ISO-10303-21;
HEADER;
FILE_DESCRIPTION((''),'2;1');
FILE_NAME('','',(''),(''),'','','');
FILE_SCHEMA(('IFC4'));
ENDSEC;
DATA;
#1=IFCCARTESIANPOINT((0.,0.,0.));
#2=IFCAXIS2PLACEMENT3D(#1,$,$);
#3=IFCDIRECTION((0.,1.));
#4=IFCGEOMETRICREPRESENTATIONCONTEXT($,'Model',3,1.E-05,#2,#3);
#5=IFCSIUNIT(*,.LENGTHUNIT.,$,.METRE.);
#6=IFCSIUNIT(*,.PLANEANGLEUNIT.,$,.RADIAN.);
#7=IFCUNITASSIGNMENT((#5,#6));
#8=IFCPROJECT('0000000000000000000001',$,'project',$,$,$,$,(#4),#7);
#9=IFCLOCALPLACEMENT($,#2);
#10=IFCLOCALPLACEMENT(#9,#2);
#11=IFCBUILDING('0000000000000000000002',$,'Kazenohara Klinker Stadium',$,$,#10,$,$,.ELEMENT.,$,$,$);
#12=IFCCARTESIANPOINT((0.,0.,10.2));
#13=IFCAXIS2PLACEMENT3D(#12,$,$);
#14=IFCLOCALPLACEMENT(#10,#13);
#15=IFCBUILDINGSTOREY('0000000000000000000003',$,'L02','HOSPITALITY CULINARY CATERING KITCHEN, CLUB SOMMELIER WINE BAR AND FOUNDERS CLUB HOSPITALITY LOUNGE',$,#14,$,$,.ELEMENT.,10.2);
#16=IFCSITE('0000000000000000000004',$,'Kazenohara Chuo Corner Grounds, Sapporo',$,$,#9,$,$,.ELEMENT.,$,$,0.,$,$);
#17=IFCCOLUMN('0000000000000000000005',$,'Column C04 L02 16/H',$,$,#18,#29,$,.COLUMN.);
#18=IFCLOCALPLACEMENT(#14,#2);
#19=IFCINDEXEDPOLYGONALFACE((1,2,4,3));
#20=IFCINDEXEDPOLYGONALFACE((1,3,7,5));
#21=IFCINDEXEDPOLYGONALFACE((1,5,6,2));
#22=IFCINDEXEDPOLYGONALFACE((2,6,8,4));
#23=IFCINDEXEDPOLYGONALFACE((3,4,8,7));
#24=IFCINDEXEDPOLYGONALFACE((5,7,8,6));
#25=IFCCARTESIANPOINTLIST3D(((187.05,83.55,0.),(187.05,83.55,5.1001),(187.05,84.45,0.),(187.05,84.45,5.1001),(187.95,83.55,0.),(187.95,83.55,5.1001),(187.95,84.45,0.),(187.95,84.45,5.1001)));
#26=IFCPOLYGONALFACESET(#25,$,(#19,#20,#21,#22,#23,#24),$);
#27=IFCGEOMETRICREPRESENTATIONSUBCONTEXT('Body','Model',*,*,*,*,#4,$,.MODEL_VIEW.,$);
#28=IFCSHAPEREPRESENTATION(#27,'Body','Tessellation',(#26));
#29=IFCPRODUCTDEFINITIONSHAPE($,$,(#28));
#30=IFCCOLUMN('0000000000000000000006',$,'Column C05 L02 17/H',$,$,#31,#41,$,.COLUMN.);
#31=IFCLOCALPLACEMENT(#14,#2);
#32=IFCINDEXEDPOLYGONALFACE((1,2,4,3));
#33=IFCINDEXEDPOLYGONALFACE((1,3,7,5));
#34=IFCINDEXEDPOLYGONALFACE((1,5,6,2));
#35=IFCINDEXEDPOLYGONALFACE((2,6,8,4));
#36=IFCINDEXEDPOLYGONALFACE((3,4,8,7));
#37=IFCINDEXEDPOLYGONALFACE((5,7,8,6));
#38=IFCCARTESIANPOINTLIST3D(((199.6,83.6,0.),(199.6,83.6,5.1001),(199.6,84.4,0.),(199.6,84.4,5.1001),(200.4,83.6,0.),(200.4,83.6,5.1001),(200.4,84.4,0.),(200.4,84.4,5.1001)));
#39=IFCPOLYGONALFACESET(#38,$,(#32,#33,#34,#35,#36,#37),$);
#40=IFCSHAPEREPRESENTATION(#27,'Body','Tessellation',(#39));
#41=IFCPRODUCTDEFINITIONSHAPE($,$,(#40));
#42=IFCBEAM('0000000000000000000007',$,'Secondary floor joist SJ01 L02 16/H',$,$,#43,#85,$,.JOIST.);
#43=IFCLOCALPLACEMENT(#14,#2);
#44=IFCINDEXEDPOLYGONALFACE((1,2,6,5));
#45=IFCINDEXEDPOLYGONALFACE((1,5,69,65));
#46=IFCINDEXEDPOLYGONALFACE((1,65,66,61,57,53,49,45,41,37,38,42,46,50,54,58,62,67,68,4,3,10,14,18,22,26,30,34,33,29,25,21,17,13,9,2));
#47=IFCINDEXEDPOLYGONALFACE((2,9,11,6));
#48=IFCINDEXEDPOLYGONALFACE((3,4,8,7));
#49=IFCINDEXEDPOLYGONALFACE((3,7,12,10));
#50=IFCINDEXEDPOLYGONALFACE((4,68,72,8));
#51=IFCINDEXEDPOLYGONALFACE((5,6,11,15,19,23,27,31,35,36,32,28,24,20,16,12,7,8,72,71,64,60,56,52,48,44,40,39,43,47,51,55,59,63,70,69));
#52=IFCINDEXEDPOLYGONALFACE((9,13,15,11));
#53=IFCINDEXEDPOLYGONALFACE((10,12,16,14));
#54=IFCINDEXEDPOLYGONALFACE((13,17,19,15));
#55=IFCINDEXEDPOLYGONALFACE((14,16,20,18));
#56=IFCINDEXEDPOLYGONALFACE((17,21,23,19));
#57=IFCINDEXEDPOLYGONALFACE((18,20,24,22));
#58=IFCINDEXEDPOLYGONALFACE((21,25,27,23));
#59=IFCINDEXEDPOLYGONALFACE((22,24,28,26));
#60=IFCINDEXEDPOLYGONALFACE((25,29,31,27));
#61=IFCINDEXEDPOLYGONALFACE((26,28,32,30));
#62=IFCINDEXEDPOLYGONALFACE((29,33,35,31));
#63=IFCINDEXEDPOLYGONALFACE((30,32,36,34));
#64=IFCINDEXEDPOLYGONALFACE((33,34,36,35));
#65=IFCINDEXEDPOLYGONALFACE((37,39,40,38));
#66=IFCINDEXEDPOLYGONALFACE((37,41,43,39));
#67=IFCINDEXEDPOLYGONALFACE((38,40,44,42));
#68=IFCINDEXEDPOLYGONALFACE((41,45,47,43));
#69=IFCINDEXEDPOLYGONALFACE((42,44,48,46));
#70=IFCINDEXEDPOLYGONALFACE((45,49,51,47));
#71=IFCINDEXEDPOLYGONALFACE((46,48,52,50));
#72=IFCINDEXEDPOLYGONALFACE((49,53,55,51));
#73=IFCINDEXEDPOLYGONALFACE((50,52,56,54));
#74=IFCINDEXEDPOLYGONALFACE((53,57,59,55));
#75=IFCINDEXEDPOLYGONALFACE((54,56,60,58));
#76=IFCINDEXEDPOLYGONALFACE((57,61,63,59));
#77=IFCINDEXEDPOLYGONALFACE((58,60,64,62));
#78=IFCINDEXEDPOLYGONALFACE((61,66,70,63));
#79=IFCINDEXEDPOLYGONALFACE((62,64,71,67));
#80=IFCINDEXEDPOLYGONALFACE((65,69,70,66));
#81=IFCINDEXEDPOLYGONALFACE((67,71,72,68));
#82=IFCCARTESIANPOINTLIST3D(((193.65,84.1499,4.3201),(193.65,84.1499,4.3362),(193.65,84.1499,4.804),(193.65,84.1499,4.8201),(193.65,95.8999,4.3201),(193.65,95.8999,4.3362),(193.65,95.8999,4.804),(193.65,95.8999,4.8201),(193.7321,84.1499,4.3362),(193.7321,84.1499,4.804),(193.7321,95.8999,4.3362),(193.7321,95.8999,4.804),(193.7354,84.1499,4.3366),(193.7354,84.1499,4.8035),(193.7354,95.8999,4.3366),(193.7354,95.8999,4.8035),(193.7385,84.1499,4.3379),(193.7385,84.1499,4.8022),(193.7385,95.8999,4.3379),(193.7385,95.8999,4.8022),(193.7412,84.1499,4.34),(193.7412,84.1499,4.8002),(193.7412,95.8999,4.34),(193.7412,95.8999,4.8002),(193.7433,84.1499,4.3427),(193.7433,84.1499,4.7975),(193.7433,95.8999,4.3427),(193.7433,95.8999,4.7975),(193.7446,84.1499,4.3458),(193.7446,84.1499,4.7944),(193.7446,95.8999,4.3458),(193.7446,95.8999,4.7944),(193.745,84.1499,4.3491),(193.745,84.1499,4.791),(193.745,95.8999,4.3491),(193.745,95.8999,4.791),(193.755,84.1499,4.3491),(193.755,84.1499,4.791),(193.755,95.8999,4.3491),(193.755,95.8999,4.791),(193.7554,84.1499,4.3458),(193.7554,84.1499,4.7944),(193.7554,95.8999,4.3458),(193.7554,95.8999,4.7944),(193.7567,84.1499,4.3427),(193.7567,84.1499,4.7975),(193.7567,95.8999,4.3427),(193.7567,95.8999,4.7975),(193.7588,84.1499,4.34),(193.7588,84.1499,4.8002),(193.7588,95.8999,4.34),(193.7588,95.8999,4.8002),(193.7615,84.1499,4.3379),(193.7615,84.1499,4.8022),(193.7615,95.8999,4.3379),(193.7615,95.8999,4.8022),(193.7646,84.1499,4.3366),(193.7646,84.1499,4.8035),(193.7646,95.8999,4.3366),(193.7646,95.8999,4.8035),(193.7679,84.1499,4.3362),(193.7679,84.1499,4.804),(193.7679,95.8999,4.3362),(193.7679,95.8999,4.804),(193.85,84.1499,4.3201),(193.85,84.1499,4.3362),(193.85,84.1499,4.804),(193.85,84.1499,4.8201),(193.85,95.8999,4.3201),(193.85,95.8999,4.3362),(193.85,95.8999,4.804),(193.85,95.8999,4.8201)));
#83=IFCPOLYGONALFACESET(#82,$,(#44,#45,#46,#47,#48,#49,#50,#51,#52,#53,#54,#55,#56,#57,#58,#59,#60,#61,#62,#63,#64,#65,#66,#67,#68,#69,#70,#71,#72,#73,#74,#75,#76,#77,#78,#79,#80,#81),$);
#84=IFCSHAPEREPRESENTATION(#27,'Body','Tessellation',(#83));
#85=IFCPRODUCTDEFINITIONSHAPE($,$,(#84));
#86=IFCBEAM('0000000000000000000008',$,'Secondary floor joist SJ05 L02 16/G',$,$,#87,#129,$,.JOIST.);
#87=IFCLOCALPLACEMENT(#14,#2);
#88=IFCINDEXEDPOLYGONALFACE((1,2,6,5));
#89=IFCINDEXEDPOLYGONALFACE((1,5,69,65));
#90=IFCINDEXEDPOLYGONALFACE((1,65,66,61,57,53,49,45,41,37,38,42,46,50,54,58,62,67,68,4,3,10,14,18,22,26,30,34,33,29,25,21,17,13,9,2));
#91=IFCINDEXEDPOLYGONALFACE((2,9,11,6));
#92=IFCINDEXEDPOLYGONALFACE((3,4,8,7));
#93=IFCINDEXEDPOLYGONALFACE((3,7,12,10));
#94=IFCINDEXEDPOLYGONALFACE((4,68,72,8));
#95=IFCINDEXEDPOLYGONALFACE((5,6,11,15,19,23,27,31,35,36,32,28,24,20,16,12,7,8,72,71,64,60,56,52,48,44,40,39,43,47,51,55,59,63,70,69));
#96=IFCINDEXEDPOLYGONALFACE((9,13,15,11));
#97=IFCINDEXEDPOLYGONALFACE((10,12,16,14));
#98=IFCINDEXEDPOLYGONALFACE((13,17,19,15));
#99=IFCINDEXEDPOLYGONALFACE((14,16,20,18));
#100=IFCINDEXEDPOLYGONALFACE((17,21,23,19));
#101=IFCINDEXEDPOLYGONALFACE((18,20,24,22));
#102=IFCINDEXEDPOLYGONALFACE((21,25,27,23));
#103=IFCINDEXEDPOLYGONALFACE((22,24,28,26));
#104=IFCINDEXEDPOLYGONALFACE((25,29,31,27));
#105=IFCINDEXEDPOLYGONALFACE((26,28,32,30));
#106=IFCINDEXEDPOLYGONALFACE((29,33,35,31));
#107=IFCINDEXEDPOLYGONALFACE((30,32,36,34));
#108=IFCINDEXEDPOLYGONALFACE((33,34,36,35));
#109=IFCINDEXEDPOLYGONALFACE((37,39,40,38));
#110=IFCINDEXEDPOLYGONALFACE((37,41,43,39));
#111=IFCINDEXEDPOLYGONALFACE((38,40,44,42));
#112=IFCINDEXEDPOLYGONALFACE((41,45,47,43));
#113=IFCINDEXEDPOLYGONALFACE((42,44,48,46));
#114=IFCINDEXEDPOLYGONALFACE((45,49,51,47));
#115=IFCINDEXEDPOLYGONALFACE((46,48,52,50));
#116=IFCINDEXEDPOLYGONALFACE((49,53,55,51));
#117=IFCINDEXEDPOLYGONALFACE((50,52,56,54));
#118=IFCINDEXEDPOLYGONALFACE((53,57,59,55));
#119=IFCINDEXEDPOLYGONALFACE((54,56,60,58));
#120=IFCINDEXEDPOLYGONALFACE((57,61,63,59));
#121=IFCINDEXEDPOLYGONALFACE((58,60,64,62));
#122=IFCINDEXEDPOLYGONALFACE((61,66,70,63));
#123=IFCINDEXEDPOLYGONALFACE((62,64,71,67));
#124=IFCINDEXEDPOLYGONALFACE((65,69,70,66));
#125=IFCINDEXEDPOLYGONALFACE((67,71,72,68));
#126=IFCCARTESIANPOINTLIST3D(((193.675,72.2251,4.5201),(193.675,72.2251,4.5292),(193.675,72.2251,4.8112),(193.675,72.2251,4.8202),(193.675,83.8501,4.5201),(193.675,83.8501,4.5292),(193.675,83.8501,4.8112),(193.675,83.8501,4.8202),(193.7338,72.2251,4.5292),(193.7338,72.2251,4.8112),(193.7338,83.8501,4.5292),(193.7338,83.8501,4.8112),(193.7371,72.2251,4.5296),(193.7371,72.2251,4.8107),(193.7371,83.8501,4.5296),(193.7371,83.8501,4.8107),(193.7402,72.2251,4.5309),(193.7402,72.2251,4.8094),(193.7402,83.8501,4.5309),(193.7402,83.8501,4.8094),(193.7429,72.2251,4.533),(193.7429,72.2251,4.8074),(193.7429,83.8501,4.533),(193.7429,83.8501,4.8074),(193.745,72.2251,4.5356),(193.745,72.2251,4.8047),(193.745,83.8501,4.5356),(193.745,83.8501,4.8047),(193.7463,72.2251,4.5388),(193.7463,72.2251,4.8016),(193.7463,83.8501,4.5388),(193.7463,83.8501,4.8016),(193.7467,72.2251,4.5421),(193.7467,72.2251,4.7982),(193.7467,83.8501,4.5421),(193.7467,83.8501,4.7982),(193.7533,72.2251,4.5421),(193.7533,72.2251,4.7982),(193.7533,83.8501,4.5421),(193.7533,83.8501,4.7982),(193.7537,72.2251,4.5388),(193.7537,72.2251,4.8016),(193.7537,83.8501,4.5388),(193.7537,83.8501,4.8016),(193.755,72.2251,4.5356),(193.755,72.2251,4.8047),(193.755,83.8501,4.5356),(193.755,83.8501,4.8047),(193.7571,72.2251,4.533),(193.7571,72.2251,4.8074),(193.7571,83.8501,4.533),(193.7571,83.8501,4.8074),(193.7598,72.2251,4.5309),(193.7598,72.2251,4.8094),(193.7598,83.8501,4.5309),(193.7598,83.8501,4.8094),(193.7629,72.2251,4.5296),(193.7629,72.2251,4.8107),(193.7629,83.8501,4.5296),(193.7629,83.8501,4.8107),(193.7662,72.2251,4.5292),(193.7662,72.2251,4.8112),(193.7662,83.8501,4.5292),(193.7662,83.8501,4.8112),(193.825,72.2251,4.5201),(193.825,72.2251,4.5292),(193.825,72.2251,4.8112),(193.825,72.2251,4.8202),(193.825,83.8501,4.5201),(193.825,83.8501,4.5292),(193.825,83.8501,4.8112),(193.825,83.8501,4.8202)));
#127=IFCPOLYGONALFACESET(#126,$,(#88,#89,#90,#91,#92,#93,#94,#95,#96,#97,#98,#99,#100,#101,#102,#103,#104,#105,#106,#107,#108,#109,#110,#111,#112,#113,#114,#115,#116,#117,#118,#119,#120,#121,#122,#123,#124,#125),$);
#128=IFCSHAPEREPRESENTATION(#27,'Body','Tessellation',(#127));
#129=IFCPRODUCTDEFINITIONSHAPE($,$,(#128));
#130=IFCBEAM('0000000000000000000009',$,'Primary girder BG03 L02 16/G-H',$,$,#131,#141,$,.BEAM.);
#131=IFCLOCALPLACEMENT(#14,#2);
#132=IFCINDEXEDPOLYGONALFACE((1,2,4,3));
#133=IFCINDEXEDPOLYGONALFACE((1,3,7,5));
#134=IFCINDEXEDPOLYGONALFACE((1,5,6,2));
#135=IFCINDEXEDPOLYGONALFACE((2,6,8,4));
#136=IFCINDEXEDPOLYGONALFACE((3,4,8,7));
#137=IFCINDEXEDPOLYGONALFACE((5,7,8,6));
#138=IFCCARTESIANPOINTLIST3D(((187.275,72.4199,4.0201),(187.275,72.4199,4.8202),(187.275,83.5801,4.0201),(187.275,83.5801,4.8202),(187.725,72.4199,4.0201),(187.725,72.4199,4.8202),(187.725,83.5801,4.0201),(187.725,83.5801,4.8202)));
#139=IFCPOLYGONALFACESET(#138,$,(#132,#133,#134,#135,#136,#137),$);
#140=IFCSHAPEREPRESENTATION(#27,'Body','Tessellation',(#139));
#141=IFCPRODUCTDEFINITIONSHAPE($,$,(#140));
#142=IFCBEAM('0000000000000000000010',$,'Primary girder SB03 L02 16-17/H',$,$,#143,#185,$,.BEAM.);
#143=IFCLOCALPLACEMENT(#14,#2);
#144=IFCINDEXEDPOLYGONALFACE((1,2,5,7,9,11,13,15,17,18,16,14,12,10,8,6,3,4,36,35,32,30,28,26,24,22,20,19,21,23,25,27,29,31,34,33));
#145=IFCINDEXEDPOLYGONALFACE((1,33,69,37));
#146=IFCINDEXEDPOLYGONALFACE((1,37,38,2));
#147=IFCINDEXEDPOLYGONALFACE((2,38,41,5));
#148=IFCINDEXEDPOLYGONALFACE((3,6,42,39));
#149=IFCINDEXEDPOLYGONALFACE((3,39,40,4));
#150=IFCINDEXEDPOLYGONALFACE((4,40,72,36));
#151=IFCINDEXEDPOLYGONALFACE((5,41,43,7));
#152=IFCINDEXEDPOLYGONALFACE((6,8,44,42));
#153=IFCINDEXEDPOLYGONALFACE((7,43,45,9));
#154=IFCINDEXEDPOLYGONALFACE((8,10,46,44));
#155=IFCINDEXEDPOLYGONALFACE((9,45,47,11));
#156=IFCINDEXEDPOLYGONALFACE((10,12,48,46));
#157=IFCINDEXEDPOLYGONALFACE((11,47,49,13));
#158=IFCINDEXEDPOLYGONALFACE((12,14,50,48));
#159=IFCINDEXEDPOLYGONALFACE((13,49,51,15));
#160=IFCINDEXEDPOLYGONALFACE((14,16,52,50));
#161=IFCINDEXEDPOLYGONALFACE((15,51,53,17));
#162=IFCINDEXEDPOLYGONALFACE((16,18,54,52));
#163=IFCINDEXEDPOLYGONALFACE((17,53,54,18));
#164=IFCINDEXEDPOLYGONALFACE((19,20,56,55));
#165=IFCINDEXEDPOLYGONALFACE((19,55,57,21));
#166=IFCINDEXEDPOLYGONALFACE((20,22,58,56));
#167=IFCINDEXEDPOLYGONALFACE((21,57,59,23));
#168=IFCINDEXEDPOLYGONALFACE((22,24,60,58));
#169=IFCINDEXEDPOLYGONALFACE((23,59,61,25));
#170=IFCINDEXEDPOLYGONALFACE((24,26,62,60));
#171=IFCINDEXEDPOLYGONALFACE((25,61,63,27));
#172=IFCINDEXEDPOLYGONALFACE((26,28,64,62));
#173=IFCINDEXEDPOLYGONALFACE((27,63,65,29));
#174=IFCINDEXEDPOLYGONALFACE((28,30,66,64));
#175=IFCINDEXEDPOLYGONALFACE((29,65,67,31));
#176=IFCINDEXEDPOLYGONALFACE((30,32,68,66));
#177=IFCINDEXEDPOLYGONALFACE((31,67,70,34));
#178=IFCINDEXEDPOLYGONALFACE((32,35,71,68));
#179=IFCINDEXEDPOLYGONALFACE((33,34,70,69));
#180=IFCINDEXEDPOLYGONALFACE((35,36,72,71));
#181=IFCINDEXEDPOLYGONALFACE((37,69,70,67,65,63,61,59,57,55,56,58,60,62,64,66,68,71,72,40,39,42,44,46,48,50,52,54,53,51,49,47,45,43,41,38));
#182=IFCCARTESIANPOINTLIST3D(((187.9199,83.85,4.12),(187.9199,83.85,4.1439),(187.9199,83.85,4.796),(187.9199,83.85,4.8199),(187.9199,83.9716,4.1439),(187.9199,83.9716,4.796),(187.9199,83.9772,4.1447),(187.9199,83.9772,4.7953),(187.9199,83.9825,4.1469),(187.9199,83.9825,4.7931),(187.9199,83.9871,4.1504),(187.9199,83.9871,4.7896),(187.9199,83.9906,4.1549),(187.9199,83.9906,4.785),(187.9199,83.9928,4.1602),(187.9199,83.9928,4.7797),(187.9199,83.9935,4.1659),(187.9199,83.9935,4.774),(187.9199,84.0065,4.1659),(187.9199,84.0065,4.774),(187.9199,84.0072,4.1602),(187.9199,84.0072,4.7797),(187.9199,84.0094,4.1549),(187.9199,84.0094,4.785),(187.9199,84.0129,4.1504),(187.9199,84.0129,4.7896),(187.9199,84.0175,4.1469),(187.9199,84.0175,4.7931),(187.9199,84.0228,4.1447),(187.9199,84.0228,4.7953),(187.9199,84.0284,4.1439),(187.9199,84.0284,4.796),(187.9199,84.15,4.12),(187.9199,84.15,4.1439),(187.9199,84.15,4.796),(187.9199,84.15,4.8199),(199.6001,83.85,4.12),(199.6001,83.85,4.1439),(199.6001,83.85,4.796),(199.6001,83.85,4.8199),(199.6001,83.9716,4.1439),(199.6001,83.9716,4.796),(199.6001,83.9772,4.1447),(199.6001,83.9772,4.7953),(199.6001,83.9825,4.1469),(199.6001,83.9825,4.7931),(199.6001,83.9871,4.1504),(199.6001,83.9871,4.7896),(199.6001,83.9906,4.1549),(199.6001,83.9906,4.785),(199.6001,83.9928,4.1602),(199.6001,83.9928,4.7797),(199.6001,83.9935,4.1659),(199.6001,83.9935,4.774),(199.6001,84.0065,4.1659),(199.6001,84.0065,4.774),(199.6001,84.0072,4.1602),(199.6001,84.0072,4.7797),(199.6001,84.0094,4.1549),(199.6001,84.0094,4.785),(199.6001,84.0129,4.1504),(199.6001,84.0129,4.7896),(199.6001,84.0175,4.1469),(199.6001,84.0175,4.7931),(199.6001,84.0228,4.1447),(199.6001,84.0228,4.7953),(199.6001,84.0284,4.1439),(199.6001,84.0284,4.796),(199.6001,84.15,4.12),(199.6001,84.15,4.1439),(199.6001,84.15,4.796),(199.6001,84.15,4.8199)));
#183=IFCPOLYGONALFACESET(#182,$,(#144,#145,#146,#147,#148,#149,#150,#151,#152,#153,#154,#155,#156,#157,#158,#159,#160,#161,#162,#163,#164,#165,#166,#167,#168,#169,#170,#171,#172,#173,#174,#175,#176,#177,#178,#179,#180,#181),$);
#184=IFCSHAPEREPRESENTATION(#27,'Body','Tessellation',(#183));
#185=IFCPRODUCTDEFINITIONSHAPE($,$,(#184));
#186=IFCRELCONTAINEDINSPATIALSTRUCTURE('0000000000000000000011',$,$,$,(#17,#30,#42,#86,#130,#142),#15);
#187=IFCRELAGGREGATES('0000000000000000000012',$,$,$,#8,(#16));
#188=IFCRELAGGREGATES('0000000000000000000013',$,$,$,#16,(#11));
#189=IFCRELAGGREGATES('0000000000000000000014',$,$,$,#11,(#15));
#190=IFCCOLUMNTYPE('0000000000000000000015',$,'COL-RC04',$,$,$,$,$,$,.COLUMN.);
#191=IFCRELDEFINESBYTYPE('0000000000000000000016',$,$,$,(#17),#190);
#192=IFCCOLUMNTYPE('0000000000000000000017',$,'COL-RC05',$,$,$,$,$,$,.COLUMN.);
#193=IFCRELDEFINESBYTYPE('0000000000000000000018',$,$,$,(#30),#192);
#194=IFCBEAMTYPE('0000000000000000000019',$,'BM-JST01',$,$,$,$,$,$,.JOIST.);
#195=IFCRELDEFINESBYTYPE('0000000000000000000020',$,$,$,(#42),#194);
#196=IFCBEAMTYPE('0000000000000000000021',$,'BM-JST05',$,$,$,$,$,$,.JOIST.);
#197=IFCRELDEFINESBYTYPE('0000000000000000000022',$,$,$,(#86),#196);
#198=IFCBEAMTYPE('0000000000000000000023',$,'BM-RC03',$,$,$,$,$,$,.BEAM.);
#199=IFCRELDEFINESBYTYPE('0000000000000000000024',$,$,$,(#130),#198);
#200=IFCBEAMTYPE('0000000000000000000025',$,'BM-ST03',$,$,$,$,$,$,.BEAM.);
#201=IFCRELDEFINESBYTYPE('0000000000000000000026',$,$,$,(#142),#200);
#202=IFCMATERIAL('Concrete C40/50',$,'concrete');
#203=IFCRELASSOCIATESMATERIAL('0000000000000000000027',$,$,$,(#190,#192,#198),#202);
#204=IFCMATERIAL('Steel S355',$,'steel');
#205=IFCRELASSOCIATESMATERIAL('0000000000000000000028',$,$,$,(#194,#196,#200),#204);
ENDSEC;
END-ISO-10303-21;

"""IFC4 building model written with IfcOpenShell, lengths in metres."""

from ifc_helpers import new_model, si_unit, direction, frame, origin, origin_2d, place, context, subcontext, project, spatial, rectangle, i_section, extrude, material, material_profile, profile_set, type_object, element, save


model = new_model("IFC4")

# Units and contexts
model_context = context("Model", 3, precision=1e-05, world=origin(), true_north=direction((0.0, 1.0)))
body_context = subcontext(model_context, "Body", "Model", "MODEL_VIEW")
ifc_project = project(units=[si_unit("LENGTHUNIT", "METRE"), si_unit("PLANEANGLEUNIT", "RADIAN")], contexts=[model_context])

# Site, building, storey
site_placement = place(None, origin())
site = spatial("IfcSite", under=ifc_project, at=site_placement, Name="Kazenohara Chuo Corner Grounds, Sapporo", CompositionType="ELEMENT", RefElevation=0.0)
building_placement = place(site_placement, origin())
building = spatial("IfcBuilding", under=site, at=building_placement, Name="Kazenohara Klinker Stadium", CompositionType="ELEMENT")
storey_placement = place(building_placement, frame((0.0, 0.0, 10.2)))
storey = spatial("IfcBuildingStorey", under=building, at=storey_placement, Name="L02", Description="HOSPITALITY CULINARY CATERING KITCHEN, CLUB SOMMELIER WINE BAR AND FOUNDERS CLUB HOSPITALITY LOUNGE", CompositionType="ELEMENT", Elevation=10.2)

# Columns
ifc_material_1 = material(Name="Concrete C40/50", Category="concrete")
ifc_material_profile_1 = material_profile(ifc_material_1, rectangle(XDim=0.8999, YDim=0.8999, at=origin_2d()), Name="RC-COL-900x900")
ifc_profile_set_1 = profile_set([ifc_material_profile_1], Name="Concrete C40/50")
column_type_1 = type_object("IfcColumnType", Name="COL-RC04", PredefinedType="COLUMN", material=ifc_profile_set_1)
column_1_placement = place(storey_placement, frame((187.5, 84.0, 0.0), z_axis=(0.0, 0.0, 1.0), x_axis=(1.0, 0.0, 0.0)))
element("IfcColumn", 1, at=column_1_placement, inside=storey, type_object=column_type_1, Name="Column C04 L02 16/H", PredefinedType="COLUMN", context=body_context, shape_type="SweptSolid", body=[
    extrude(rectangle(XDim=0.8999, YDim=0.8999, at=origin_2d()), origin(), (0.0, 0.0, 1.0), 5.1001),
])
ifc_material_profile_2 = material_profile(ifc_material_1, rectangle(XDim=0.8, YDim=0.8, at=origin_2d()), Name="RC-COL-800x800")
ifc_profile_set_2 = profile_set([ifc_material_profile_2], Name="Concrete C40/50")
column_type_2 = type_object("IfcColumnType", Name="COL-RC05", PredefinedType="COLUMN", material=ifc_profile_set_2)
column_2_placement = place(storey_placement, frame((200.0, 84.0, 0.0), z_axis=(0.0, 0.0, 1.0), x_axis=(1.0, 0.0, 0.0)))
element("IfcColumn", 2, at=column_2_placement, inside=storey, type_object=column_type_2, Name="Column C05 L02 17/H", PredefinedType="COLUMN", context=body_context, shape_type="SweptSolid", body=[
    extrude(rectangle(XDim=0.8, YDim=0.8, at=origin_2d()), origin(), (0.0, 0.0, 1.0), 5.1001),
])

# Beams
ifc_material_2 = material(Name="Steel S355", Category="steel")
ifc_material_profile_3 = material_profile(ifc_material_2, i_section(OverallWidth=0.2, OverallDepth=0.5, WebThickness=0.01, FlangeThickness=0.0161, FilletRadius=0.0129, at=origin_2d()), Name="H-500x200x10x16")
ifc_profile_set_3 = profile_set([ifc_material_profile_3], Name="Steel S355")
beam_type_1 = type_object("IfcBeamType", Name="BM-JST01", PredefinedType="JOIST", material=ifc_profile_set_3)
beam_1_placement = place(storey_placement, frame((193.75, 84.1499, 4.5701), z_axis=(0.0, 1.0, 0.0), x_axis=(-1.0, 0.0, 0.0)))
element("IfcBeam", 3, at=beam_1_placement, inside=storey, type_object=beam_type_1, Name="Secondary floor joist SJ01 L02 16/H", PredefinedType="JOIST", context=body_context, shape_type="SweptSolid", body=[
    extrude(i_section(OverallWidth=0.2, OverallDepth=0.5, WebThickness=0.01, FlangeThickness=0.0161, FilletRadius=0.0129, at=origin_2d()), origin(), (0.0, 0.0, 1.0), 11.75),
])
ifc_material_profile_4 = material_profile(ifc_material_2, i_section(OverallWidth=0.1499, OverallDepth=0.3, WebThickness=0.0066, FlangeThickness=0.009, FilletRadius=0.0129, at=origin_2d()), Name="H-300x150x6.5x9")
ifc_profile_set_4 = profile_set([ifc_material_profile_4], Name="Steel S355")
beam_type_2 = type_object("IfcBeamType", Name="BM-JST05", PredefinedType="JOIST", material=ifc_profile_set_4)
beam_2_placement = place(storey_placement, frame((193.75, 72.2251, 4.6702), z_axis=(0.0, 1.0, 0.0), x_axis=(-1.0, 0.0, 0.0)))
element("IfcBeam", 4, at=beam_2_placement, inside=storey, type_object=beam_type_2, Name="Secondary floor joist SJ05 L02 16/G", PredefinedType="JOIST", context=body_context, shape_type="SweptSolid", body=[
    extrude(i_section(OverallWidth=0.1499, OverallDepth=0.3, WebThickness=0.0066, FlangeThickness=0.009, FilletRadius=0.0129, at=origin_2d()), origin(), (0.0, 0.0, 1.0), 11.625),
])
ifc_material_profile_5 = material_profile(ifc_material_1, rectangle(XDim=0.45, YDim=0.8, at=origin_2d()), Name="RC-BM-450x800")
ifc_profile_set_5 = profile_set([ifc_material_profile_5], Name="Concrete C40/50")
beam_type_3 = type_object("IfcBeamType", Name="BM-RC03", PredefinedType="BEAM", material=ifc_profile_set_5)
beam_3_placement = place(storey_placement, frame((187.5, 72.4199, 4.4202), z_axis=(0.0, 1.0, 0.0), x_axis=(-1.0, 0.0, 0.0)))
element("IfcBeam", 5, at=beam_3_placement, inside=storey, type_object=beam_type_3, Name="Primary girder BG03 L02 16/G-H", PredefinedType="BEAM", context=body_context, shape_type="SweptSolid", body=[
    extrude(rectangle(XDim=0.45, YDim=0.8, at=origin_2d()), origin(), (0.0, 0.0, 1.0), 11.1602),
])
ifc_material_profile_6 = material_profile(ifc_material_2, i_section(OverallWidth=0.3, OverallDepth=0.7, WebThickness=0.0129, FlangeThickness=0.0239, FilletRadius=0.022, at=origin_2d()), Name="H-700x300x13x24")
ifc_profile_set_6 = profile_set([ifc_material_profile_6], Name="Steel S355")
beam_type_4 = type_object("IfcBeamType", Name="BM-ST03", PredefinedType="BEAM", material=ifc_profile_set_6)
beam_4_placement = place(storey_placement, frame((187.9199, 84.0, 4.47), z_axis=(1.0, 0.0, 0.0), x_axis=(0.0, 1.0, 0.0)))
element("IfcBeam", 6, at=beam_4_placement, inside=storey, type_object=beam_type_4, Name="Primary girder SB03 L02 16-17/H", PredefinedType="BEAM", context=body_context, shape_type="SweptSolid", body=[
    extrude(i_section(OverallWidth=0.3, OverallDepth=0.7, WebThickness=0.0129, FlangeThickness=0.0239, FilletRadius=0.022, at=origin_2d()), origin(), (0.0, 0.0, 1.0), 11.6802),
])

save(model, "model.ifc")
